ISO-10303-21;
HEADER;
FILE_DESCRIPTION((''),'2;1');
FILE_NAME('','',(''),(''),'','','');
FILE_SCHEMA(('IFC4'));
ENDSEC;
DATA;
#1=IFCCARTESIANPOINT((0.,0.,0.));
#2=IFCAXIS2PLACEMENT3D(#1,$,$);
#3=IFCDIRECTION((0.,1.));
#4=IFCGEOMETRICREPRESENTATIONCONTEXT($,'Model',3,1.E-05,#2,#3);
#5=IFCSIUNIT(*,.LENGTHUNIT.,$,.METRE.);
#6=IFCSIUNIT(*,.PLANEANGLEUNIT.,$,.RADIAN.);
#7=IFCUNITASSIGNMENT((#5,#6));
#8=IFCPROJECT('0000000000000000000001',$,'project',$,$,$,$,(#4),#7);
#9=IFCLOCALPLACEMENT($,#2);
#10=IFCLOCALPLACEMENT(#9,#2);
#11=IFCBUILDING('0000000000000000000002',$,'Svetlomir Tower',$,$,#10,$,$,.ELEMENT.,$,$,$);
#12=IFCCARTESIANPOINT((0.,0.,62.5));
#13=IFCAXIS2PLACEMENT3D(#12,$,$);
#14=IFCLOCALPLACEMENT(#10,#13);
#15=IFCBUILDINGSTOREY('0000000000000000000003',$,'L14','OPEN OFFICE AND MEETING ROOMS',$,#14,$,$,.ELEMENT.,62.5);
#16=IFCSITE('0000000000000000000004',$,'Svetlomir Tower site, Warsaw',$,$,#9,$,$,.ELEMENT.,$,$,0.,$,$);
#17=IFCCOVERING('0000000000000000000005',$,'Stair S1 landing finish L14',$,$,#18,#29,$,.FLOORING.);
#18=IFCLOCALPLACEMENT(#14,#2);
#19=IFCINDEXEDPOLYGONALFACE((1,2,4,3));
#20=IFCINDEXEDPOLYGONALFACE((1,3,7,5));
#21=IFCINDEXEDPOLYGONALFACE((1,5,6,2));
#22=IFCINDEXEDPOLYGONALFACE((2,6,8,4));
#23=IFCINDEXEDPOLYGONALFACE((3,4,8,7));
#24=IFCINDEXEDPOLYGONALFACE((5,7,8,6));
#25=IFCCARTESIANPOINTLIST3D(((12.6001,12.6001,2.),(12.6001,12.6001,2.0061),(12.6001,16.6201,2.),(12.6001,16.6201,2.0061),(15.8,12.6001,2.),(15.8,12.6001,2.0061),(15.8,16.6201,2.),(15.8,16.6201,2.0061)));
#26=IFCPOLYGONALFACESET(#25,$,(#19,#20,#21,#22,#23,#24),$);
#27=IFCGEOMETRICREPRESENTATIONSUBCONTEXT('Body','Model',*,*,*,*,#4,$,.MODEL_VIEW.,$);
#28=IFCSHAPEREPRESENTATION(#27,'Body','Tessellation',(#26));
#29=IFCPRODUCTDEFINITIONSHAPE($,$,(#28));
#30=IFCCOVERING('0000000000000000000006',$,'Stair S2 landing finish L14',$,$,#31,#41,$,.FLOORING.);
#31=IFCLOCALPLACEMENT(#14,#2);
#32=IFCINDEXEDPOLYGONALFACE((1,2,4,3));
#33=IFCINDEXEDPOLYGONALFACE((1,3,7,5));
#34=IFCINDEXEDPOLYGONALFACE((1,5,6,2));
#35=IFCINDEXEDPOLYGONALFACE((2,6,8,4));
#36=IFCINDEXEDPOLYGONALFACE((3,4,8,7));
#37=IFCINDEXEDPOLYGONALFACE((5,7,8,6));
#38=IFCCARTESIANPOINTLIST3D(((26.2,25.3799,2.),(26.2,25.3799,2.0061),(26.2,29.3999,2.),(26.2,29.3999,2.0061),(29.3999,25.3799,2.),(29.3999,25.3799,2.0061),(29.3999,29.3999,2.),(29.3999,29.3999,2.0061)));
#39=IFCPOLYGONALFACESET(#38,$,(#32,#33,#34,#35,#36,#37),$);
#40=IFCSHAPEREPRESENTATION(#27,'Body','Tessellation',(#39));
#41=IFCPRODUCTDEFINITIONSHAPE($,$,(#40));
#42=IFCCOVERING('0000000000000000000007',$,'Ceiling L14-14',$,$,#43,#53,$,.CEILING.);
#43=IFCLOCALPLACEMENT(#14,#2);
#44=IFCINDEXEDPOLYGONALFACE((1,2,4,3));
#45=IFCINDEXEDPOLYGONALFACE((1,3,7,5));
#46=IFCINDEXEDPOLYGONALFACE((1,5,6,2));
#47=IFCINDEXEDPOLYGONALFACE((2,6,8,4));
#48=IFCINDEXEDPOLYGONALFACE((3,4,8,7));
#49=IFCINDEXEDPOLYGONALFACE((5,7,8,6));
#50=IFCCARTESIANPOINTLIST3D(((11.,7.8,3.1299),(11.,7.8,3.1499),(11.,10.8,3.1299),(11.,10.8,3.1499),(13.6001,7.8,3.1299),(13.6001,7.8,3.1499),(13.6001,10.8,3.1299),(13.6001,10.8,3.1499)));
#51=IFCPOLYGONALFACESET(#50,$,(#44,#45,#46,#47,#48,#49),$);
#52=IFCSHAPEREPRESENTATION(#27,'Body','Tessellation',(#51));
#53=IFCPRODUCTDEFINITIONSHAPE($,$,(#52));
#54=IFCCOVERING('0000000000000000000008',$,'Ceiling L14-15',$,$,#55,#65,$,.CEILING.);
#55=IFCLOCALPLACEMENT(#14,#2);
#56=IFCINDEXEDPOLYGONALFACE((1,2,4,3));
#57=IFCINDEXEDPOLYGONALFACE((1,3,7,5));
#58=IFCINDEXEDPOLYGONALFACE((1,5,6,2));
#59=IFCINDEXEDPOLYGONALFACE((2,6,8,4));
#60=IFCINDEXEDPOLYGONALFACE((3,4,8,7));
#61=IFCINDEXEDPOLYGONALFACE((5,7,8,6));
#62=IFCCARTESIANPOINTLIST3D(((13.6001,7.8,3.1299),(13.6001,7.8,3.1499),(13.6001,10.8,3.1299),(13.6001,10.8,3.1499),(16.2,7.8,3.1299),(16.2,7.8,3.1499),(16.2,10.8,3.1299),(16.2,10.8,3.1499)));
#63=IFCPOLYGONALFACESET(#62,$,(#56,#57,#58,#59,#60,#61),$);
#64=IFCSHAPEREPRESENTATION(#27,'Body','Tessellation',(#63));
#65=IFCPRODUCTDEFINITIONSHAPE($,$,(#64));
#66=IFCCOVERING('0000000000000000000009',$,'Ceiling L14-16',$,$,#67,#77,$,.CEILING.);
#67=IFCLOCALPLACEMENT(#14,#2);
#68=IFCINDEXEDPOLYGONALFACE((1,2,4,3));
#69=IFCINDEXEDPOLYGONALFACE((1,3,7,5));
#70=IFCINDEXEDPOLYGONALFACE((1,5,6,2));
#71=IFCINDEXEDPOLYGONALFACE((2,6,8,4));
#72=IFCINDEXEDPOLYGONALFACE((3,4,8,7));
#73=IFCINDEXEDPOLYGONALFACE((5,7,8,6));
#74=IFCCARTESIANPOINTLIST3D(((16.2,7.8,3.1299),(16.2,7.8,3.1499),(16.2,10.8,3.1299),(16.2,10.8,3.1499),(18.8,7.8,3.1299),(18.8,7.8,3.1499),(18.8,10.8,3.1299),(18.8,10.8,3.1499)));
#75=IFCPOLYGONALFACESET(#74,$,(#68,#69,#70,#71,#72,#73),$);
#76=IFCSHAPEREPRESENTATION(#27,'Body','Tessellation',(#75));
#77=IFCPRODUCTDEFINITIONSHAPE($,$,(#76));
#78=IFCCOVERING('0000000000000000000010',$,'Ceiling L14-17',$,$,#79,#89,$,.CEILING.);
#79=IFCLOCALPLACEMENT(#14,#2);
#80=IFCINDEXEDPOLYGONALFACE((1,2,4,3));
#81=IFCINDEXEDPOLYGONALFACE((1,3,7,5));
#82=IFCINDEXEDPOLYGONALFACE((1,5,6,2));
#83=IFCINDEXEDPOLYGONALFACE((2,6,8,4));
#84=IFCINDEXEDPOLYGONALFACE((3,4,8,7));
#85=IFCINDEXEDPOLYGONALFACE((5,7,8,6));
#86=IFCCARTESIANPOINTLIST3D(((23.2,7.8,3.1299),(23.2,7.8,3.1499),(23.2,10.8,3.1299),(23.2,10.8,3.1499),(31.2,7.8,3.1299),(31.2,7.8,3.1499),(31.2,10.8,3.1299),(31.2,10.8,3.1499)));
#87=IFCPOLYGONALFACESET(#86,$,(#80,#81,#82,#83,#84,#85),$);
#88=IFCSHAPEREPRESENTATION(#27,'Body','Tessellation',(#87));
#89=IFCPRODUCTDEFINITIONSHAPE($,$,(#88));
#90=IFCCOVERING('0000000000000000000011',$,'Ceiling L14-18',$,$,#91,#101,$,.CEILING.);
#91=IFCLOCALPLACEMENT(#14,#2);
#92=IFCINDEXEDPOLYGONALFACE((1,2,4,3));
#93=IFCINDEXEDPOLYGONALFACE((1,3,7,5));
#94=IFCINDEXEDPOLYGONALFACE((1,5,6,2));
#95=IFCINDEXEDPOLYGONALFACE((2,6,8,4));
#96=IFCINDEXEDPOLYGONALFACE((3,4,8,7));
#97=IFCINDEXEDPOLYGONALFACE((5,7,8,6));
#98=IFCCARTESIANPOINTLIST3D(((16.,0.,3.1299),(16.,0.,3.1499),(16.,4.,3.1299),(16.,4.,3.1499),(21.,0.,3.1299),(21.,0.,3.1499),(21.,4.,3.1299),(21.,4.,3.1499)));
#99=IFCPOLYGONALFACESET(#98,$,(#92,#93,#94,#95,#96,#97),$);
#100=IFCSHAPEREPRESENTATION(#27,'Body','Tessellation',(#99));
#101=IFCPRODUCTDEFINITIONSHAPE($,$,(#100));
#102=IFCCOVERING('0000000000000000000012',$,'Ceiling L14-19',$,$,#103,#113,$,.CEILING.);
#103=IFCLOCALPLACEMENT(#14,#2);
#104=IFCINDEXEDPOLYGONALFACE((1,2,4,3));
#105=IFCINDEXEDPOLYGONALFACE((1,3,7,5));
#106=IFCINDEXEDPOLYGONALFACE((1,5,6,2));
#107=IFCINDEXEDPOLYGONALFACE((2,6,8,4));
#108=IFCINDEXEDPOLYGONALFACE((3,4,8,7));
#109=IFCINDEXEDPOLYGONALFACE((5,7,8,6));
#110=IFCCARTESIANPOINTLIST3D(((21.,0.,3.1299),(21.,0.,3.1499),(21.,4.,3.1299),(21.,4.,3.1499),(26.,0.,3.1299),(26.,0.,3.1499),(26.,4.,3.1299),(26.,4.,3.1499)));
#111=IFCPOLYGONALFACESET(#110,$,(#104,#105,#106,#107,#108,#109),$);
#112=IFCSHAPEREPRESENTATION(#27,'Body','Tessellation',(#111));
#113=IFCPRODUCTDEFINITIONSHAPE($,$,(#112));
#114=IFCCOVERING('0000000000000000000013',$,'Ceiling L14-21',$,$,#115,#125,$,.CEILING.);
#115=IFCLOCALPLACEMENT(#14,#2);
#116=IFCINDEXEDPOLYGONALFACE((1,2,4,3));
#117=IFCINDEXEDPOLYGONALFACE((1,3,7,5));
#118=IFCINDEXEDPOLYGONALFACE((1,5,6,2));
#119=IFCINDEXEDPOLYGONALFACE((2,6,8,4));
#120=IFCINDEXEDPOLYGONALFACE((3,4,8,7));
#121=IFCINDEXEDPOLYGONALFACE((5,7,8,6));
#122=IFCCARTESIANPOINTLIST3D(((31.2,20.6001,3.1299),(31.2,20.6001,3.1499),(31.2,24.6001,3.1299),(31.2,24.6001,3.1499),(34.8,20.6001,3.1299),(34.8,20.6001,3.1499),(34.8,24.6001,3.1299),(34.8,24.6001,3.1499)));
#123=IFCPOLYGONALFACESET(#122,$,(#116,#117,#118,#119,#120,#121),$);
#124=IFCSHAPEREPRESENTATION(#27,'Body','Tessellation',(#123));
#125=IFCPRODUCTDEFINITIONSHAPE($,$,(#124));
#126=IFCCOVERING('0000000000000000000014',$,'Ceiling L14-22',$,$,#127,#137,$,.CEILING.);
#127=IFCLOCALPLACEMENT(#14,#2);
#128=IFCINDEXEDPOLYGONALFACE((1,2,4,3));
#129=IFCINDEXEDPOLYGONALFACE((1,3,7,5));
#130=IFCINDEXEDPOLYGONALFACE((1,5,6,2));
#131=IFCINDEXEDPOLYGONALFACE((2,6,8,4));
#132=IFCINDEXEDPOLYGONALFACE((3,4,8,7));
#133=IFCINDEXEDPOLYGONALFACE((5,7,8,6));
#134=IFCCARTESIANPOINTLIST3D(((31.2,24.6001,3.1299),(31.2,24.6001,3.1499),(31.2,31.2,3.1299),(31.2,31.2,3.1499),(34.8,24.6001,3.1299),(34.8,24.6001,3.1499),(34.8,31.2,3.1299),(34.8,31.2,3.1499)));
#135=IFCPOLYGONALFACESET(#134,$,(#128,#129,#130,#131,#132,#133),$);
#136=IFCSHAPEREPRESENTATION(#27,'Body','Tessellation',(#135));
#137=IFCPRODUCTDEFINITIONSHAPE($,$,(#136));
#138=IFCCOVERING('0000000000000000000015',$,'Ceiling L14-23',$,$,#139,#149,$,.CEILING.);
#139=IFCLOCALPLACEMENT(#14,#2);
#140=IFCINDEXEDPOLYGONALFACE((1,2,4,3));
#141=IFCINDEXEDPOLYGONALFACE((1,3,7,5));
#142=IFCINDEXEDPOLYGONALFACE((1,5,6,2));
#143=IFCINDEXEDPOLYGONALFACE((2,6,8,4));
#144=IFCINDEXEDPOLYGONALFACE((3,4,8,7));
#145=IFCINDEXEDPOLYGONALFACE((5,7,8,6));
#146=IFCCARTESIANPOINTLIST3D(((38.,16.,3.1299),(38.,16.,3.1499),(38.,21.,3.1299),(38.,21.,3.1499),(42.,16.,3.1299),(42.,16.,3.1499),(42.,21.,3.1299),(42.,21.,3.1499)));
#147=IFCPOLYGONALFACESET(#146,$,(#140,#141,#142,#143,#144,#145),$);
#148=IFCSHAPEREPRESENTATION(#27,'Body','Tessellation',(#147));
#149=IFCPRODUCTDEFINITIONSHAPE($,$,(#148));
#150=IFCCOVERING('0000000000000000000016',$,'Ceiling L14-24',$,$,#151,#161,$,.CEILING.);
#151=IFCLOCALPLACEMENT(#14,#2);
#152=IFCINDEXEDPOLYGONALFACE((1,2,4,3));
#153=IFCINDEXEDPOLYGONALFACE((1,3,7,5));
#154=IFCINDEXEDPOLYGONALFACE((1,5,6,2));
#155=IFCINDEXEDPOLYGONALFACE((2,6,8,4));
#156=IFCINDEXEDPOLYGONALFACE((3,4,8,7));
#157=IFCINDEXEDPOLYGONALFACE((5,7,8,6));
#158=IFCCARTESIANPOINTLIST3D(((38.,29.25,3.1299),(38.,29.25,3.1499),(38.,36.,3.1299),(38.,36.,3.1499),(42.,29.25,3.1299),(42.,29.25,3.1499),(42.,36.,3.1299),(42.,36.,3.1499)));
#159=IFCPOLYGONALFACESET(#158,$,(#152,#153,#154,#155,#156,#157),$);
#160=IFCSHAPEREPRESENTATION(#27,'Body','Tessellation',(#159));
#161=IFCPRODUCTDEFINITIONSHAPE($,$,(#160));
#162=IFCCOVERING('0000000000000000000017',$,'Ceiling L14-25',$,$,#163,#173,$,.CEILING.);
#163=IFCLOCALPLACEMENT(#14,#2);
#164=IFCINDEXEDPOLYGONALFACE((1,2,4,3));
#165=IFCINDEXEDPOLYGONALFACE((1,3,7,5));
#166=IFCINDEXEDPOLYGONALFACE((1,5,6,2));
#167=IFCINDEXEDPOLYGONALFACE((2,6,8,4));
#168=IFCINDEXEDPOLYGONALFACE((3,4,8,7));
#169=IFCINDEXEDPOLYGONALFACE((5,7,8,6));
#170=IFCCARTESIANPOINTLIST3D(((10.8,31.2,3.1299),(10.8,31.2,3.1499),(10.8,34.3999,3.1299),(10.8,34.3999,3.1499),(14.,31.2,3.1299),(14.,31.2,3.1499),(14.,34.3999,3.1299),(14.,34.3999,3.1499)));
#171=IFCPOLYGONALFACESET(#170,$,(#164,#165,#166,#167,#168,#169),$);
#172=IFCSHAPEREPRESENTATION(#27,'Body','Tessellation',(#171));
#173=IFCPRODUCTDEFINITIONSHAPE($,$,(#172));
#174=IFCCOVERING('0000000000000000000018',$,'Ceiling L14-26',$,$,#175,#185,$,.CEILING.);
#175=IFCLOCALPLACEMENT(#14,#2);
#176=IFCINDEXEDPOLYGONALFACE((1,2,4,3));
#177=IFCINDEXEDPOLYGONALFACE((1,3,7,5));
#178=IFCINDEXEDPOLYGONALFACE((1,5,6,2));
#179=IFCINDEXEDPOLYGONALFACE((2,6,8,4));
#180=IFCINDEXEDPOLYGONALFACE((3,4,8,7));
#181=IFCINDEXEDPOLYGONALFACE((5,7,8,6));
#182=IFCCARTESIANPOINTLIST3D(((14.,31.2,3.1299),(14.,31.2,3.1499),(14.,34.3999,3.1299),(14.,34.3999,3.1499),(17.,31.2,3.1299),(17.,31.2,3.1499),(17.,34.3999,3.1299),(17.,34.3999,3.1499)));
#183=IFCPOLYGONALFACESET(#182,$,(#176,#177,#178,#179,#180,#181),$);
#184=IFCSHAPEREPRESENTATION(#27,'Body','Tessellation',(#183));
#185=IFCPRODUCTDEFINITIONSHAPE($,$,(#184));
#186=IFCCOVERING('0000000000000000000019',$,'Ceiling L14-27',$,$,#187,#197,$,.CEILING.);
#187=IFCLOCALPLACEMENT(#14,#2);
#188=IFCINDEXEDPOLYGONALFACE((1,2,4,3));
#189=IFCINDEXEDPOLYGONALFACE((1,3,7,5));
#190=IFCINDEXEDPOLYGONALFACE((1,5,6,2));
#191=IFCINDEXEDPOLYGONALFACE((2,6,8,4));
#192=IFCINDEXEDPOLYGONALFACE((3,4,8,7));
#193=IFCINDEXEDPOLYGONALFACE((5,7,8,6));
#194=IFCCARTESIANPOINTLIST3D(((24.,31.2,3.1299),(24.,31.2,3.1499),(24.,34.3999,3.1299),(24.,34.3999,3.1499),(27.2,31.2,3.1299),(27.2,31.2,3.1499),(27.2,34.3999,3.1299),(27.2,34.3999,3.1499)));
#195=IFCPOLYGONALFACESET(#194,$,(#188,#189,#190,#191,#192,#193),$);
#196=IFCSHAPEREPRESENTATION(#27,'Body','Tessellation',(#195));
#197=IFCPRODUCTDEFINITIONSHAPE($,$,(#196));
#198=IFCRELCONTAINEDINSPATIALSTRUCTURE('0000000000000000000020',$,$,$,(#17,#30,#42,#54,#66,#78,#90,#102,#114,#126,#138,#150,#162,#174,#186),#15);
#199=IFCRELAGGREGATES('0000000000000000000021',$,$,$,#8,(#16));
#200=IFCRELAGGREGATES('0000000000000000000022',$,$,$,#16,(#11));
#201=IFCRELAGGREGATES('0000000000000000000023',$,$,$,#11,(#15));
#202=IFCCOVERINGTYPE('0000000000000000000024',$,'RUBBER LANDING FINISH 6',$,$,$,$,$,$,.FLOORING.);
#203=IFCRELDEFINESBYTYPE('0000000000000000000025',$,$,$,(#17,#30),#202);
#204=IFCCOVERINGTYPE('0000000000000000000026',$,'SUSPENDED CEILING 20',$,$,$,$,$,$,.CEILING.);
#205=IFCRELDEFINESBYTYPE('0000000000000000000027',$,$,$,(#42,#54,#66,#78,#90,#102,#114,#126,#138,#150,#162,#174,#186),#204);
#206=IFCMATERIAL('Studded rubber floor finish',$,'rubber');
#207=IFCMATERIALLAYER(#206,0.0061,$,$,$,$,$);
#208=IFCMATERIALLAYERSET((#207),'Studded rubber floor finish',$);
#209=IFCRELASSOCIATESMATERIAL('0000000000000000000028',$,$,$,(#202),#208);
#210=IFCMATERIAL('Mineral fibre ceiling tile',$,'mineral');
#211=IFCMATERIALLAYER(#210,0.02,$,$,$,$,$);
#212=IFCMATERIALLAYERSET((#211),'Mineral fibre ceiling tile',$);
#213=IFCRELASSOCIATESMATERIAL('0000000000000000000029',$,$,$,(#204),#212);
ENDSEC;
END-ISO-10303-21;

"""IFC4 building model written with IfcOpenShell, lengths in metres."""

from ifc_helpers import new_model, si_unit, direction, frame, origin, place, context, subcontext, project, spatial, polyline, outline, extrude, material, layer, layer_set, type_object, element, save


model = new_model("IFC4")

# Units and contexts
model_context = context("Model", 3, precision=1e-05, world=origin(), true_north=direction((0.0, 1.0)))
body_context = subcontext(model_context, "Body", "Model", "MODEL_VIEW")
ifc_project = project(units=[si_unit("LENGTHUNIT", "METRE"), si_unit("PLANEANGLEUNIT", "RADIAN")], contexts=[model_context])

# Site, building, storey
site_placement = place(None, origin())
site = spatial("IfcSite", under=ifc_project, at=site_placement, Name="Svetlomir Tower site, Warsaw", CompositionType="ELEMENT", RefElevation=0.0)
building_placement = place(site_placement, origin())
building = spatial("IfcBuilding", under=site, at=building_placement, Name="Svetlomir Tower", CompositionType="ELEMENT")
storey_placement = place(building_placement, frame((0.0, 0.0, 62.5)))
storey = spatial("IfcBuildingStorey", under=building, at=storey_placement, Name="L14", Description="OPEN OFFICE AND MEETING ROOMS", CompositionType="ELEMENT", Elevation=62.5)

# Coverings
ifc_material_1 = material(Name="Studded rubber floor finish", Category="rubber")
ifc_layer_1 = layer(ifc_material_1, 0.0061)
ifc_layer_set_1 = layer_set([ifc_layer_1], Name="Studded rubber floor finish")
covering_type_1 = type_object("IfcCoveringType", Name="RUBBER LANDING FINISH 6", PredefinedType="FLOORING", material=ifc_layer_set_1)
covering_1_placement = place(storey_placement, frame((0.0, 0.0, 2.0)))
element("IfcCovering", 1, at=covering_1_placement, inside=storey, type_object=covering_type_1, Name="Stair S1 landing finish L14", PredefinedType="FLOORING", context=body_context, shape_type="SweptSolid", body=[
    extrude(outline(polyline([(12.6001, 12.6001), (15.8, 12.6001), (15.8, 16.6201), (12.6001, 16.6201), (12.6001, 12.6001)])), origin(), (0.0, 0.0, 1.0), 0.0061),
])
covering_2_placement = place(storey_placement, frame((0.0, 0.0, 2.0)))
element("IfcCovering", 2, at=covering_2_placement, inside=storey, type_object=covering_type_1, Name="Stair S2 landing finish L14", PredefinedType="FLOORING", context=body_context, shape_type="SweptSolid", body=[
    extrude(outline(polyline([(26.2, 25.3799), (29.3999, 25.3799), (29.3999, 29.3999), (26.2, 29.3999), (26.2, 25.3799)])), origin(), (0.0, 0.0, 1.0), 0.0061),
])
ifc_material_2 = material(Name="Mineral fibre ceiling tile", Category="mineral")
ifc_layer_2 = layer(ifc_material_2, 0.02)
ifc_layer_set_2 = layer_set([ifc_layer_2], Name="Mineral fibre ceiling tile")
covering_type_2 = type_object("IfcCoveringType", Name="SUSPENDED CEILING 20", PredefinedType="CEILING", material=ifc_layer_set_2)
covering_3_placement = place(storey_placement, frame((0.0, 0.0, 3.1299)))
element("IfcCovering", 3, at=covering_3_placement, inside=storey, type_object=covering_type_2, Name="Ceiling L14-14", PredefinedType="CEILING", context=body_context, shape_type="SweptSolid", body=[
    extrude(outline(polyline([(11.0, 7.8), (13.6001, 7.8), (13.6001, 10.8), (11.0, 10.8), (11.0, 7.8)])), origin(), (0.0, 0.0, 1.0), 0.02),
])
covering_4_placement = place(storey_placement, frame((0.0, 0.0, 3.1299)))
element("IfcCovering", 4, at=covering_4_placement, inside=storey, type_object=covering_type_2, Name="Ceiling L14-15", PredefinedType="CEILING", context=body_context, shape_type="SweptSolid", body=[
    extrude(outline(polyline([(13.6001, 7.8), (16.2, 7.8), (16.2, 10.8), (13.6001, 10.8), (13.6001, 7.8)])), origin(), (0.0, 0.0, 1.0), 0.02),
])
covering_5_placement = place(storey_placement, frame((0.0, 0.0, 3.1299)))
element("IfcCovering", 5, at=covering_5_placement, inside=storey, type_object=covering_type_2, Name="Ceiling L14-16", PredefinedType="CEILING", context=body_context, shape_type="SweptSolid", body=[
    extrude(outline(polyline([(16.2, 7.8), (18.8, 7.8), (18.8, 10.8), (16.2, 10.8), (16.2, 7.8)])), origin(), (0.0, 0.0, 1.0), 0.02),
])
covering_6_placement = place(storey_placement, frame((0.0, 0.0, 3.1299)))
element("IfcCovering", 6, at=covering_6_placement, inside=storey, type_object=covering_type_2, Name="Ceiling L14-17", PredefinedType="CEILING", context=body_context, shape_type="SweptSolid", body=[
    extrude(outline(polyline([(23.2, 7.8), (31.2, 7.8), (31.2, 10.8), (23.2, 10.8), (23.2, 7.8)])), origin(), (0.0, 0.0, 1.0), 0.02),
])
covering_7_placement = place(storey_placement, frame((0.0, 0.0, 3.1299)))
element("IfcCovering", 7, at=covering_7_placement, inside=storey, type_object=covering_type_2, Name="Ceiling L14-18", PredefinedType="CEILING", context=body_context, shape_type="SweptSolid", body=[
    extrude(outline(polyline([(16.0, 0.0), (21.0, 0.0), (21.0, 4.0), (16.0, 4.0), (16.0, 0.0)])), origin(), (0.0, 0.0, 1.0), 0.02),
])
covering_8_placement = place(storey_placement, frame((0.0, 0.0, 3.1299)))
element("IfcCovering", 8, at=covering_8_placement, inside=storey, type_object=covering_type_2, Name="Ceiling L14-19", PredefinedType="CEILING", context=body_context, shape_type="SweptSolid", body=[
    extrude(outline(polyline([(21.0, 0.0), (26.0, 0.0), (26.0, 4.0), (21.0, 4.0), (21.0, 0.0)])), origin(), (0.0, 0.0, 1.0), 0.02),
])
covering_9_placement = place(storey_placement, frame((0.0, 0.0, 3.1299)))
element("IfcCovering", 9, at=covering_9_placement, inside=storey, type_object=covering_type_2, Name="Ceiling L14-21", PredefinedType="CEILING", context=body_context, shape_type="SweptSolid", body=[
    extrude(outline(polyline([(31.2, 20.6001), (34.8, 20.6001), (34.8, 24.6001), (31.2, 24.6001), (31.2, 20.6001)])), origin(), (0.0, 0.0, 1.0), 0.02),
])
covering_10_placement = place(storey_placement, frame((0.0, 0.0, 3.1299)))
element("IfcCovering", 10, at=covering_10_placement, inside=storey, type_object=covering_type_2, Name="Ceiling L14-22", PredefinedType="CEILING", context=body_context, shape_type="SweptSolid", body=[
    extrude(outline(polyline([(31.2, 24.6001), (34.8, 24.6001), (34.8, 31.2), (31.2, 31.2), (31.2, 24.6001)])), origin(), (0.0, 0.0, 1.0), 0.02),
])
covering_11_placement = place(storey_placement, frame((0.0, 0.0, 3.1299)))
element("IfcCovering", 11, at=covering_11_placement, inside=storey, type_object=covering_type_2, Name="Ceiling L14-23", PredefinedType="CEILING", context=body_context, shape_type="SweptSolid", body=[
    extrude(outline(polyline([(38.0, 16.0), (42.0, 16.0), (42.0, 21.0), (38.0, 21.0), (38.0, 16.0)])), origin(), (0.0, 0.0, 1.0), 0.02),
])
covering_12_placement = place(storey_placement, frame((0.0, 0.0, 3.1299)))
element("IfcCovering", 12, at=covering_12_placement, inside=storey, type_object=covering_type_2, Name="Ceiling L14-24", PredefinedType="CEILING", context=body_context, shape_type="SweptSolid", body=[
    extrude(outline(polyline([(38.0, 29.25), (42.0, 29.25), (42.0, 36.0), (38.0, 36.0), (38.0, 29.25)])), origin(), (0.0, 0.0, 1.0), 0.02),
])
covering_13_placement = place(storey_placement, frame((0.0, 0.0, 3.1299)))
element("IfcCovering", 13, at=covering_13_placement, inside=storey, type_object=covering_type_2, Name="Ceiling L14-25", PredefinedType="CEILING", context=body_context, shape_type="SweptSolid", body=[
    extrude(outline(polyline([(10.8, 31.2), (14.0, 31.2), (14.0, 34.3999), (10.8, 34.3999), (10.8, 31.2)])), origin(), (0.0, 0.0, 1.0), 0.02),
])
covering_14_placement = place(storey_placement, frame((0.0, 0.0, 3.1299)))
element("IfcCovering", 14, at=covering_14_placement, inside=storey, type_object=covering_type_2, Name="Ceiling L14-26", PredefinedType="CEILING", context=body_context, shape_type="SweptSolid", body=[
    extrude(outline(polyline([(14.0, 31.2), (17.0, 31.2), (17.0, 34.3999), (14.0, 34.3999), (14.0, 31.2)])), origin(), (0.0, 0.0, 1.0), 0.02),
])
covering_15_placement = place(storey_placement, frame((0.0, 0.0, 3.1299)))
element("IfcCovering", 15, at=covering_15_placement, inside=storey, type_object=covering_type_2, Name="Ceiling L14-27", PredefinedType="CEILING", context=body_context, shape_type="SweptSolid", body=[
    extrude(outline(polyline([(24.0, 31.2), (27.2, 31.2), (27.2, 34.3999), (24.0, 34.3999), (24.0, 31.2)])), origin(), (0.0, 0.0, 1.0), 0.02),
])

save(model, "model.ifc")
